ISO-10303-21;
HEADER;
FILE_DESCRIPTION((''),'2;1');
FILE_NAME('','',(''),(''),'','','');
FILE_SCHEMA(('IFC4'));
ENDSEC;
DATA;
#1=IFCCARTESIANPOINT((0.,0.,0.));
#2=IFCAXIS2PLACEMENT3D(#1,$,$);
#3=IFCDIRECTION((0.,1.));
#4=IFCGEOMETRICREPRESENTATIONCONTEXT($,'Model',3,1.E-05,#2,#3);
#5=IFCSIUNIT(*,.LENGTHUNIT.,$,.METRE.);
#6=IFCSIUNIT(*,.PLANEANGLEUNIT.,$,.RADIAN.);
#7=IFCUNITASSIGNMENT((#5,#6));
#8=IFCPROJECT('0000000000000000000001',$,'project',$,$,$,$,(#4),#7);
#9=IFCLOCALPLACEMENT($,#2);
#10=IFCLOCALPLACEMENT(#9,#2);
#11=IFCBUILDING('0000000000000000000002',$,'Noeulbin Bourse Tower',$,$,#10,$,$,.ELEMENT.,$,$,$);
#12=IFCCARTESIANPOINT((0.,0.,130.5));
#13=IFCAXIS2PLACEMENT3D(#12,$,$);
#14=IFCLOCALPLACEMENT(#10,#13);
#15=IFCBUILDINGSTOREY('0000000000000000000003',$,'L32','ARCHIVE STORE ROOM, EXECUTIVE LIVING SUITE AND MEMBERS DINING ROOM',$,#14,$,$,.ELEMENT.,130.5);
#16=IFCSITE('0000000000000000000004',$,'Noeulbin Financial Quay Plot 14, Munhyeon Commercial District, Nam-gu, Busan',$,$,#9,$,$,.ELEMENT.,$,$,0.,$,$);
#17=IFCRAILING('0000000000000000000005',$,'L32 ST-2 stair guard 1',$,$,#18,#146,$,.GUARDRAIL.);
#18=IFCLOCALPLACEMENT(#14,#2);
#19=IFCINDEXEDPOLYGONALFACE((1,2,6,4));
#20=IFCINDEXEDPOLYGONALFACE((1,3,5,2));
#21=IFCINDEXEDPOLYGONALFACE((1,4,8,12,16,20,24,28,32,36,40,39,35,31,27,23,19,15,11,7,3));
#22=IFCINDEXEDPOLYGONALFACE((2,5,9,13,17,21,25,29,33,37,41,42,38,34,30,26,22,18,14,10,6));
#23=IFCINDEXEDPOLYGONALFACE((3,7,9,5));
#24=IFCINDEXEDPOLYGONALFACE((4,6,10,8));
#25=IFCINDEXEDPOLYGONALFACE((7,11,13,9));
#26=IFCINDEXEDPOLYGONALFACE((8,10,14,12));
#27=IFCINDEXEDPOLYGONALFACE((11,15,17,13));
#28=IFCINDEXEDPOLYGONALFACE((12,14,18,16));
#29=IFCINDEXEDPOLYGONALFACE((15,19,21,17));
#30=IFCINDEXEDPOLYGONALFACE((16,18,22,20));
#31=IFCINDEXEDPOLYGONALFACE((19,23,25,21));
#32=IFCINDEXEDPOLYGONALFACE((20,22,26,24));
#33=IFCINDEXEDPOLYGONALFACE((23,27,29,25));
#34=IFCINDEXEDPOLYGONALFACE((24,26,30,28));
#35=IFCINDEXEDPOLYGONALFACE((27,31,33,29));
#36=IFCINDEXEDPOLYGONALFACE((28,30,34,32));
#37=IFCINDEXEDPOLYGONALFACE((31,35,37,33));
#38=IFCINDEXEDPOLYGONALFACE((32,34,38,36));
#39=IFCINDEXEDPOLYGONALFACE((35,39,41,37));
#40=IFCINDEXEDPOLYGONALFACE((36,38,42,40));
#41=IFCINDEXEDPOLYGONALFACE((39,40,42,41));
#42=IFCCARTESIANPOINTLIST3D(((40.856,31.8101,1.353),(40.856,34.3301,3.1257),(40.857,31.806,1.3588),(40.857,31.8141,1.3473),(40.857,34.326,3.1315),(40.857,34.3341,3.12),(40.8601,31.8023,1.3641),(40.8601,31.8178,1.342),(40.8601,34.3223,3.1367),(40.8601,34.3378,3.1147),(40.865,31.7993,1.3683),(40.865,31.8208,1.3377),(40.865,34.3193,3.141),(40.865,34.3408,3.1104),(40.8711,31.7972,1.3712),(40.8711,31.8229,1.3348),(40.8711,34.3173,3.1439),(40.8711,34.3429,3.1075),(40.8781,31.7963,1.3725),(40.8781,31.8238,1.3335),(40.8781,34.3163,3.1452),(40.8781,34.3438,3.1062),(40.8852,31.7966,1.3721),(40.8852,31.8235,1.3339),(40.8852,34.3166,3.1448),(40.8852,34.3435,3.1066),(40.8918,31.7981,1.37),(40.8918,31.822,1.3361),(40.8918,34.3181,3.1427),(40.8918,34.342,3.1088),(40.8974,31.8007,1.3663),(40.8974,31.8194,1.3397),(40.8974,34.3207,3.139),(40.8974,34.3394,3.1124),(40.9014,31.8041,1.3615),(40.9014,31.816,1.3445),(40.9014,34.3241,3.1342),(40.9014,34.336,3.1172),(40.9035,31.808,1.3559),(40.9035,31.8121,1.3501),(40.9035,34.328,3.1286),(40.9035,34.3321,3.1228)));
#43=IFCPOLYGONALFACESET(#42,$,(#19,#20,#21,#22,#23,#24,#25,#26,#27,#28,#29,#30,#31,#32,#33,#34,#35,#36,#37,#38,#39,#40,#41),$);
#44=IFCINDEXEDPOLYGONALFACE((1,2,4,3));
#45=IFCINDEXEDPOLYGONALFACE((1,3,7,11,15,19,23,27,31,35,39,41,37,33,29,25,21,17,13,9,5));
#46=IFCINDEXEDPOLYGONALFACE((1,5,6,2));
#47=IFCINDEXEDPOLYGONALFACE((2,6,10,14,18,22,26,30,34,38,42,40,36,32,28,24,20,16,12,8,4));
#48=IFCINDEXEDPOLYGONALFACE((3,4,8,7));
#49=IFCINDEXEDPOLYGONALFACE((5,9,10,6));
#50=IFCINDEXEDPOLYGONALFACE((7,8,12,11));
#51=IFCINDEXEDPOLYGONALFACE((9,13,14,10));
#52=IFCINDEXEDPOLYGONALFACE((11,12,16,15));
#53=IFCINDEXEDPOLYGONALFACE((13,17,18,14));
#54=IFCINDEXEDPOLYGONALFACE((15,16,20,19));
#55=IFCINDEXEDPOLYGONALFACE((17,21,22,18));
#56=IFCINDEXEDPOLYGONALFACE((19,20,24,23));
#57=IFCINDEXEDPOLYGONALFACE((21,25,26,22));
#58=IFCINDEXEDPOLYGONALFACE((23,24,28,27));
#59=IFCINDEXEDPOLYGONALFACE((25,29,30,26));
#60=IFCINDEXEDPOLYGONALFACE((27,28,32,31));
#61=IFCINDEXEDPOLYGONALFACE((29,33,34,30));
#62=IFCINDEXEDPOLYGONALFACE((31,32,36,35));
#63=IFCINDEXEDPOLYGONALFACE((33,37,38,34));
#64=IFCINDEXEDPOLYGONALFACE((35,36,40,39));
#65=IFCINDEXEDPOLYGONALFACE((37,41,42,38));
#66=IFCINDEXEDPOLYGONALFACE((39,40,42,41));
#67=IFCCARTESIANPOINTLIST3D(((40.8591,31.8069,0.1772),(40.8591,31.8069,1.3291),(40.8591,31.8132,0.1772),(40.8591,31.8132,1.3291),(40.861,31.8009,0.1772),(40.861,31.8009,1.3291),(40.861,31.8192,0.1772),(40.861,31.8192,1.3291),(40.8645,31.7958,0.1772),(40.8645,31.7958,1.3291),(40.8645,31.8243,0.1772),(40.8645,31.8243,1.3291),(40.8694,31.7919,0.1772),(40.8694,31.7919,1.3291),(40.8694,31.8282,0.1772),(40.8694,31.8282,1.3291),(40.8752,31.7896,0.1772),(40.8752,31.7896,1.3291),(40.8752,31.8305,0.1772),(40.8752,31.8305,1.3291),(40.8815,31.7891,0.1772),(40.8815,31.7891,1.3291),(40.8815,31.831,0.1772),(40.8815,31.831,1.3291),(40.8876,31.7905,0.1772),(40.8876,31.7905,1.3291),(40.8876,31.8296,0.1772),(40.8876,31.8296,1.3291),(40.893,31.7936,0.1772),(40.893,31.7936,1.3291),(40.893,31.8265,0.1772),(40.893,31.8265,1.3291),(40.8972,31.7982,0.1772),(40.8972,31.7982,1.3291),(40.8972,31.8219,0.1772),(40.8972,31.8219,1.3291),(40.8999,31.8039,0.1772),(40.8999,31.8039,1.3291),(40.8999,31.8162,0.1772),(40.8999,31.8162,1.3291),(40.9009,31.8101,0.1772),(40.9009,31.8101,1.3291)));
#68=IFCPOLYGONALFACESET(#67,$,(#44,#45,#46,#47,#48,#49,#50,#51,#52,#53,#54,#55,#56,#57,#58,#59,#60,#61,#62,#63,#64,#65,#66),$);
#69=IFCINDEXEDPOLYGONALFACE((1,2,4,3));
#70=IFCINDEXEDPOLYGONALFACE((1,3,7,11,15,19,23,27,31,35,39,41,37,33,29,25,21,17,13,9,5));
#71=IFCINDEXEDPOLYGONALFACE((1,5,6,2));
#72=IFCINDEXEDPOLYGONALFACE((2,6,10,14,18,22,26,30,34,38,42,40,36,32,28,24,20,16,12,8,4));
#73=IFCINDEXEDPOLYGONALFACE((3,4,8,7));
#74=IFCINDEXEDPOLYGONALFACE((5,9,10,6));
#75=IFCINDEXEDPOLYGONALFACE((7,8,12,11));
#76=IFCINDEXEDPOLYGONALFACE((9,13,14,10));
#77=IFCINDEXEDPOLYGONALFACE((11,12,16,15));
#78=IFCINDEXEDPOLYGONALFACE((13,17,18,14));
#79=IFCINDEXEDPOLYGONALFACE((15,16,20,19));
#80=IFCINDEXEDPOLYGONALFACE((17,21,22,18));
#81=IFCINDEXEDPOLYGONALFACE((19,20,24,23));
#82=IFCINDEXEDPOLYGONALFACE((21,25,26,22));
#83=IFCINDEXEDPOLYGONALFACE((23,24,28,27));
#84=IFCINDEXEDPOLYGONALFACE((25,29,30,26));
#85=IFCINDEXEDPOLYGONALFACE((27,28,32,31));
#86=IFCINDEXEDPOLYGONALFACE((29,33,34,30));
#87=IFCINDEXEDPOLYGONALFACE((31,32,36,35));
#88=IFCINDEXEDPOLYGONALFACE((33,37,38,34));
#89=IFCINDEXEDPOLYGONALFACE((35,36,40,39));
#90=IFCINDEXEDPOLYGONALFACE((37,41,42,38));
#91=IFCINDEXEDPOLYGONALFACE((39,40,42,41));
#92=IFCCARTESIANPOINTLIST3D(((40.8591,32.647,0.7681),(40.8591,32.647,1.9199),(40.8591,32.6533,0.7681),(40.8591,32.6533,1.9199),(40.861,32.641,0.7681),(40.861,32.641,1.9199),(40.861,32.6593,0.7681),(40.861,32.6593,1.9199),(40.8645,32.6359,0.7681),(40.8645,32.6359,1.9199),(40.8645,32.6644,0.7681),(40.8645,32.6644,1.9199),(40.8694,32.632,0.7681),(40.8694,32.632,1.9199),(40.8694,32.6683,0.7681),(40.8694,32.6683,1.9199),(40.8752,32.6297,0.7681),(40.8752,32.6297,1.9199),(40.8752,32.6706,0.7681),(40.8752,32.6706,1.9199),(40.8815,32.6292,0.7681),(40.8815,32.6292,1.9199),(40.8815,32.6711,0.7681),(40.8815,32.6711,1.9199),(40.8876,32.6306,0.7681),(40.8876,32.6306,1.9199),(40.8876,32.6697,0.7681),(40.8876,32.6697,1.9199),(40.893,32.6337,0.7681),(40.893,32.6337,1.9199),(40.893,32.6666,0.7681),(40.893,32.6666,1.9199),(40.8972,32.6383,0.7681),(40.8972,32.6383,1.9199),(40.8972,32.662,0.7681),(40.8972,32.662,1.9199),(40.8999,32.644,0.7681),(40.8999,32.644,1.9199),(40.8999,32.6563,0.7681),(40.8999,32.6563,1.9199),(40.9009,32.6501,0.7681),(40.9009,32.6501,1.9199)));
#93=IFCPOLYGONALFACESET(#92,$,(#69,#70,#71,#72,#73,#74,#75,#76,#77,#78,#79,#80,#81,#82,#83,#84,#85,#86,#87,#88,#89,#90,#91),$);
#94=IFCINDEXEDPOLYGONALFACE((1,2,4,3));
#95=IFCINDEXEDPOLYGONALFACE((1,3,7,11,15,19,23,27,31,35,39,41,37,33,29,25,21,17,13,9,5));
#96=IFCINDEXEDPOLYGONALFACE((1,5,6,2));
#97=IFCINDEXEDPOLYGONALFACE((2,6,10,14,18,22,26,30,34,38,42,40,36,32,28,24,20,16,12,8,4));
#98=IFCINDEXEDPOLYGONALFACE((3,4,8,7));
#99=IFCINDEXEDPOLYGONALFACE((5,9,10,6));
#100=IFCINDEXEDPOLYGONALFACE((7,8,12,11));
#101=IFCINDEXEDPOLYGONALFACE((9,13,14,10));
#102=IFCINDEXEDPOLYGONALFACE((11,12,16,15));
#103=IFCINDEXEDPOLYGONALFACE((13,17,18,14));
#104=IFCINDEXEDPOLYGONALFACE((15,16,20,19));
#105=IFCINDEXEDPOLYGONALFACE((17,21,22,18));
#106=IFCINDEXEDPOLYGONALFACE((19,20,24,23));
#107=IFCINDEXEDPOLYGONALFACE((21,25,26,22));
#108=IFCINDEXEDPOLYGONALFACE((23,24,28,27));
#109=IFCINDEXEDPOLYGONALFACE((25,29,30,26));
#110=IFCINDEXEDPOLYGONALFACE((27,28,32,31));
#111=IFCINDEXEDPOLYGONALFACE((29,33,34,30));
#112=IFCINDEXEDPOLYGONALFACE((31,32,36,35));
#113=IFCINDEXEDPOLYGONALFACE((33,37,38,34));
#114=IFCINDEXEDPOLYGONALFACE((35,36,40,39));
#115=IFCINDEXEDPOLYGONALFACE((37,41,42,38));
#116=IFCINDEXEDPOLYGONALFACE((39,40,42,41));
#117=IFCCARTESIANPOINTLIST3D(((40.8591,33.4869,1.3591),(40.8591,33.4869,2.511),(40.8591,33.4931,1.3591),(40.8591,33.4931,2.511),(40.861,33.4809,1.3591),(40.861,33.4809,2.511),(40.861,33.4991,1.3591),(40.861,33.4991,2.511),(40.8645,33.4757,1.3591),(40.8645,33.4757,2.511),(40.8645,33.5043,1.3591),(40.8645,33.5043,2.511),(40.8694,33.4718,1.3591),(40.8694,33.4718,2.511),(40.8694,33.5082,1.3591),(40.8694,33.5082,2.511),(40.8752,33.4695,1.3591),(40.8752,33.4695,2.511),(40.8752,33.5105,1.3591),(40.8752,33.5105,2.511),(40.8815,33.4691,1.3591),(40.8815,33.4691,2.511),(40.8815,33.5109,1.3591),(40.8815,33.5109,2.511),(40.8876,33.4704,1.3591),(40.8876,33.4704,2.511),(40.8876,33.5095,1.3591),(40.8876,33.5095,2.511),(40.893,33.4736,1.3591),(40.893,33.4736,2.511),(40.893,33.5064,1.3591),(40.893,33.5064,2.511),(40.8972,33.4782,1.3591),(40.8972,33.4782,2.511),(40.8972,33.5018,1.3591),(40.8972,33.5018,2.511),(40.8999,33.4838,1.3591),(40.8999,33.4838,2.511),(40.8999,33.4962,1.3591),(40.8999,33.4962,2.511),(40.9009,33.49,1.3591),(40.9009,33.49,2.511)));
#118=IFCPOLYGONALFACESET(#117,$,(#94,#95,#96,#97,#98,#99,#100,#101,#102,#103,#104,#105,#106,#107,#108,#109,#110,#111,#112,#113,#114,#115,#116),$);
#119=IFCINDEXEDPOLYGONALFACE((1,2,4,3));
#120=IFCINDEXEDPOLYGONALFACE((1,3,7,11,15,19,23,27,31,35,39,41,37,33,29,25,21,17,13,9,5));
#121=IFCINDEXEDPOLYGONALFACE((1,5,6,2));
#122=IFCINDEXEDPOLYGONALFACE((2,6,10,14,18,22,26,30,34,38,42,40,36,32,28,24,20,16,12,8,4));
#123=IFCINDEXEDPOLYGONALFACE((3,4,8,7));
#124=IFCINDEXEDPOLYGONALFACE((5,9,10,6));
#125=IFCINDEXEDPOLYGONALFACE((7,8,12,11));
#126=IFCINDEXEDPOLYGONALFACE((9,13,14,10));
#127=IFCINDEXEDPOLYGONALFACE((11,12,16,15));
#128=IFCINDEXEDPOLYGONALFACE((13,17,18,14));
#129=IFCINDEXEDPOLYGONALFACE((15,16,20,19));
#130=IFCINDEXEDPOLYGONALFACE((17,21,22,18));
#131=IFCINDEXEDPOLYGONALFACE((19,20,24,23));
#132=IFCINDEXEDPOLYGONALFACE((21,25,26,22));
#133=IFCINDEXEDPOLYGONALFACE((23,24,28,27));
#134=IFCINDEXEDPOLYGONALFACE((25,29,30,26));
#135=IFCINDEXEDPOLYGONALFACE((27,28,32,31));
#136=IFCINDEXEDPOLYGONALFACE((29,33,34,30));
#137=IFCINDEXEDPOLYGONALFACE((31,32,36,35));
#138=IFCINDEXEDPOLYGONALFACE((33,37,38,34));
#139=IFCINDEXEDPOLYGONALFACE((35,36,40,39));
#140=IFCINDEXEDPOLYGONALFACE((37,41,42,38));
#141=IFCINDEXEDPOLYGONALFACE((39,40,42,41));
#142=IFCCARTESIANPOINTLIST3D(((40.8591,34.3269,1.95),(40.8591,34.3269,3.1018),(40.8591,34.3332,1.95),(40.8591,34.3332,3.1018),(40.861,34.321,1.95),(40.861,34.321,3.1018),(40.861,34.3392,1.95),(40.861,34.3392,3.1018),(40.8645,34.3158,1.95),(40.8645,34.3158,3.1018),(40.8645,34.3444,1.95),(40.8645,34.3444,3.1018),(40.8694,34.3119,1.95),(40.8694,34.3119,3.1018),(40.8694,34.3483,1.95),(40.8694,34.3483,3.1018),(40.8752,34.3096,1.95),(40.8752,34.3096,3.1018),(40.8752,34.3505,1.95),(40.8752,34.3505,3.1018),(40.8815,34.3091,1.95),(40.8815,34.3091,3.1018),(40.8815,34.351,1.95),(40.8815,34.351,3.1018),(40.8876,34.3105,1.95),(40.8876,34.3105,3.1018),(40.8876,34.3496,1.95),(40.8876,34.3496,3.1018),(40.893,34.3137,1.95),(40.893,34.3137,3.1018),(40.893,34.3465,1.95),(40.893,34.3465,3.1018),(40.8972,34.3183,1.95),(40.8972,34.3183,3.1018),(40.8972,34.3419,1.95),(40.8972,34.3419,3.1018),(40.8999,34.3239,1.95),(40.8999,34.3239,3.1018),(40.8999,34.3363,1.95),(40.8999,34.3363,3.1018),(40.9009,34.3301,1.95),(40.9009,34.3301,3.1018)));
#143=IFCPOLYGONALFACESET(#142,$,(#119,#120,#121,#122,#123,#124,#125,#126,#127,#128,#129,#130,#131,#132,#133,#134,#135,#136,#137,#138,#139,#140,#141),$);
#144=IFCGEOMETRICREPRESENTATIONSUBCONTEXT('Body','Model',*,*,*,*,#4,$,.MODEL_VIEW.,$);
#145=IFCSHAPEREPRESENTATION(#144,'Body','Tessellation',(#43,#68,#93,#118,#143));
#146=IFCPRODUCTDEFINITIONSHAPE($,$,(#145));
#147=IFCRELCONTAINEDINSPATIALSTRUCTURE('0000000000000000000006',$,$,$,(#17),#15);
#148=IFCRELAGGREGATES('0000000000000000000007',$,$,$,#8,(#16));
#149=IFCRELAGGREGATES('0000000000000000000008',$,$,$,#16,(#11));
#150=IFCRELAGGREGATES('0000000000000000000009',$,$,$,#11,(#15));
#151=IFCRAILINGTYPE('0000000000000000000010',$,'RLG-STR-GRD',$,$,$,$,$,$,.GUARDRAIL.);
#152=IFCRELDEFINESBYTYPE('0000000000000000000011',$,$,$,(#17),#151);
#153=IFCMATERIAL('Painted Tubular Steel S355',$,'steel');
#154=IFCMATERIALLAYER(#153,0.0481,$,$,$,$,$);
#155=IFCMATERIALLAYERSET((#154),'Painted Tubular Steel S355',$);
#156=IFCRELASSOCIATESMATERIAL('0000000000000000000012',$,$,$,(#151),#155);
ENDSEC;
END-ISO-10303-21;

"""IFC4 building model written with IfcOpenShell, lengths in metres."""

from ifc_helpers import new_model, si_unit, direction, frame, origin, origin_2d, place, context, subcontext, project, spatial, circle, extrude, material, layer, layer_set, type_object, element, save


model = new_model("IFC4")

# Units and contexts
model_context = context("Model", 3, precision=1e-05, world=origin(), true_north=direction((0.0, 1.0)))
body_context = subcontext(model_context, "Body", "Model", "MODEL_VIEW")
ifc_project = project(units=[si_unit("LENGTHUNIT", "METRE"), si_unit("PLANEANGLEUNIT", "RADIAN")], contexts=[model_context])

# Site, building, storey
site_placement = place(None, origin())
site = spatial("IfcSite", under=ifc_project, at=site_placement, Name="Noeulbin Financial Quay Plot 14, Munhyeon Commercial District, Nam-gu, Busan", CompositionType="ELEMENT", RefElevation=0.0)
building_placement = place(site_placement, origin())
building = spatial("IfcBuilding", under=site, at=building_placement, Name="Noeulbin Bourse Tower", CompositionType="ELEMENT")
storey_placement = place(building_placement, frame((0.0, 0.0, 130.5)))
storey = spatial("IfcBuildingStorey", under=building, at=storey_placement, Name="L32", Description="ARCHIVE STORE ROOM, EXECUTIVE LIVING SUITE AND MEMBERS DINING ROOM", CompositionType="ELEMENT", Elevation=130.5)

# Railing
ifc_material_1 = material(Name="Painted Tubular Steel S355", Category="steel")
ifc_layer_1 = layer(ifc_material_1, 0.0481)
ifc_layer_set_1 = layer_set([ifc_layer_1], Name="Painted Tubular Steel S355")
railing_type_1 = type_object("IfcRailingType", Name="RLG-STR-GRD", PredefinedType="GUARDRAIL", material=ifc_layer_set_1)
railing_1_placement = place(storey_placement, frame((40.8799, 31.8101, 0.1772)))
element("IfcRailing", 1, at=railing_1_placement, inside=storey, type_object=railing_type_1, Name="L32 ST-2 stair guard 1", PredefinedType="GUARDRAIL", context=body_context, shape_type="SweptSolid", body=[
    extrude(circle(Radius=0.0239, at=origin_2d()), frame((0.0, 0.0, 1.1758), z_axis=(0.0, 0.817904, 0.575354), x_axis=(-1.0, 0.0, 0.0)), (0.0, 0.0, 1.0), 3.0811),
    extrude(circle(Radius=0.021, at=origin_2d()), origin(), (0.0, 0.0, 1.0), 1.1519),
    extrude(circle(Radius=0.021, at=origin_2d()), frame((0.0, 0.8401, 0.5908)), (0.0, 0.0, 1.0), 1.1519),
    extrude(circle(Radius=0.021, at=origin_2d()), frame((0.0, 1.6799, 1.1819)), (0.0, 0.0, 1.0), 1.1519),
    extrude(circle(Radius=0.021, at=origin_2d()), frame((0.0, 2.52, 1.7727)), (0.0, 0.0, 1.0), 1.1519),
])

save(model, "model.ifc")
